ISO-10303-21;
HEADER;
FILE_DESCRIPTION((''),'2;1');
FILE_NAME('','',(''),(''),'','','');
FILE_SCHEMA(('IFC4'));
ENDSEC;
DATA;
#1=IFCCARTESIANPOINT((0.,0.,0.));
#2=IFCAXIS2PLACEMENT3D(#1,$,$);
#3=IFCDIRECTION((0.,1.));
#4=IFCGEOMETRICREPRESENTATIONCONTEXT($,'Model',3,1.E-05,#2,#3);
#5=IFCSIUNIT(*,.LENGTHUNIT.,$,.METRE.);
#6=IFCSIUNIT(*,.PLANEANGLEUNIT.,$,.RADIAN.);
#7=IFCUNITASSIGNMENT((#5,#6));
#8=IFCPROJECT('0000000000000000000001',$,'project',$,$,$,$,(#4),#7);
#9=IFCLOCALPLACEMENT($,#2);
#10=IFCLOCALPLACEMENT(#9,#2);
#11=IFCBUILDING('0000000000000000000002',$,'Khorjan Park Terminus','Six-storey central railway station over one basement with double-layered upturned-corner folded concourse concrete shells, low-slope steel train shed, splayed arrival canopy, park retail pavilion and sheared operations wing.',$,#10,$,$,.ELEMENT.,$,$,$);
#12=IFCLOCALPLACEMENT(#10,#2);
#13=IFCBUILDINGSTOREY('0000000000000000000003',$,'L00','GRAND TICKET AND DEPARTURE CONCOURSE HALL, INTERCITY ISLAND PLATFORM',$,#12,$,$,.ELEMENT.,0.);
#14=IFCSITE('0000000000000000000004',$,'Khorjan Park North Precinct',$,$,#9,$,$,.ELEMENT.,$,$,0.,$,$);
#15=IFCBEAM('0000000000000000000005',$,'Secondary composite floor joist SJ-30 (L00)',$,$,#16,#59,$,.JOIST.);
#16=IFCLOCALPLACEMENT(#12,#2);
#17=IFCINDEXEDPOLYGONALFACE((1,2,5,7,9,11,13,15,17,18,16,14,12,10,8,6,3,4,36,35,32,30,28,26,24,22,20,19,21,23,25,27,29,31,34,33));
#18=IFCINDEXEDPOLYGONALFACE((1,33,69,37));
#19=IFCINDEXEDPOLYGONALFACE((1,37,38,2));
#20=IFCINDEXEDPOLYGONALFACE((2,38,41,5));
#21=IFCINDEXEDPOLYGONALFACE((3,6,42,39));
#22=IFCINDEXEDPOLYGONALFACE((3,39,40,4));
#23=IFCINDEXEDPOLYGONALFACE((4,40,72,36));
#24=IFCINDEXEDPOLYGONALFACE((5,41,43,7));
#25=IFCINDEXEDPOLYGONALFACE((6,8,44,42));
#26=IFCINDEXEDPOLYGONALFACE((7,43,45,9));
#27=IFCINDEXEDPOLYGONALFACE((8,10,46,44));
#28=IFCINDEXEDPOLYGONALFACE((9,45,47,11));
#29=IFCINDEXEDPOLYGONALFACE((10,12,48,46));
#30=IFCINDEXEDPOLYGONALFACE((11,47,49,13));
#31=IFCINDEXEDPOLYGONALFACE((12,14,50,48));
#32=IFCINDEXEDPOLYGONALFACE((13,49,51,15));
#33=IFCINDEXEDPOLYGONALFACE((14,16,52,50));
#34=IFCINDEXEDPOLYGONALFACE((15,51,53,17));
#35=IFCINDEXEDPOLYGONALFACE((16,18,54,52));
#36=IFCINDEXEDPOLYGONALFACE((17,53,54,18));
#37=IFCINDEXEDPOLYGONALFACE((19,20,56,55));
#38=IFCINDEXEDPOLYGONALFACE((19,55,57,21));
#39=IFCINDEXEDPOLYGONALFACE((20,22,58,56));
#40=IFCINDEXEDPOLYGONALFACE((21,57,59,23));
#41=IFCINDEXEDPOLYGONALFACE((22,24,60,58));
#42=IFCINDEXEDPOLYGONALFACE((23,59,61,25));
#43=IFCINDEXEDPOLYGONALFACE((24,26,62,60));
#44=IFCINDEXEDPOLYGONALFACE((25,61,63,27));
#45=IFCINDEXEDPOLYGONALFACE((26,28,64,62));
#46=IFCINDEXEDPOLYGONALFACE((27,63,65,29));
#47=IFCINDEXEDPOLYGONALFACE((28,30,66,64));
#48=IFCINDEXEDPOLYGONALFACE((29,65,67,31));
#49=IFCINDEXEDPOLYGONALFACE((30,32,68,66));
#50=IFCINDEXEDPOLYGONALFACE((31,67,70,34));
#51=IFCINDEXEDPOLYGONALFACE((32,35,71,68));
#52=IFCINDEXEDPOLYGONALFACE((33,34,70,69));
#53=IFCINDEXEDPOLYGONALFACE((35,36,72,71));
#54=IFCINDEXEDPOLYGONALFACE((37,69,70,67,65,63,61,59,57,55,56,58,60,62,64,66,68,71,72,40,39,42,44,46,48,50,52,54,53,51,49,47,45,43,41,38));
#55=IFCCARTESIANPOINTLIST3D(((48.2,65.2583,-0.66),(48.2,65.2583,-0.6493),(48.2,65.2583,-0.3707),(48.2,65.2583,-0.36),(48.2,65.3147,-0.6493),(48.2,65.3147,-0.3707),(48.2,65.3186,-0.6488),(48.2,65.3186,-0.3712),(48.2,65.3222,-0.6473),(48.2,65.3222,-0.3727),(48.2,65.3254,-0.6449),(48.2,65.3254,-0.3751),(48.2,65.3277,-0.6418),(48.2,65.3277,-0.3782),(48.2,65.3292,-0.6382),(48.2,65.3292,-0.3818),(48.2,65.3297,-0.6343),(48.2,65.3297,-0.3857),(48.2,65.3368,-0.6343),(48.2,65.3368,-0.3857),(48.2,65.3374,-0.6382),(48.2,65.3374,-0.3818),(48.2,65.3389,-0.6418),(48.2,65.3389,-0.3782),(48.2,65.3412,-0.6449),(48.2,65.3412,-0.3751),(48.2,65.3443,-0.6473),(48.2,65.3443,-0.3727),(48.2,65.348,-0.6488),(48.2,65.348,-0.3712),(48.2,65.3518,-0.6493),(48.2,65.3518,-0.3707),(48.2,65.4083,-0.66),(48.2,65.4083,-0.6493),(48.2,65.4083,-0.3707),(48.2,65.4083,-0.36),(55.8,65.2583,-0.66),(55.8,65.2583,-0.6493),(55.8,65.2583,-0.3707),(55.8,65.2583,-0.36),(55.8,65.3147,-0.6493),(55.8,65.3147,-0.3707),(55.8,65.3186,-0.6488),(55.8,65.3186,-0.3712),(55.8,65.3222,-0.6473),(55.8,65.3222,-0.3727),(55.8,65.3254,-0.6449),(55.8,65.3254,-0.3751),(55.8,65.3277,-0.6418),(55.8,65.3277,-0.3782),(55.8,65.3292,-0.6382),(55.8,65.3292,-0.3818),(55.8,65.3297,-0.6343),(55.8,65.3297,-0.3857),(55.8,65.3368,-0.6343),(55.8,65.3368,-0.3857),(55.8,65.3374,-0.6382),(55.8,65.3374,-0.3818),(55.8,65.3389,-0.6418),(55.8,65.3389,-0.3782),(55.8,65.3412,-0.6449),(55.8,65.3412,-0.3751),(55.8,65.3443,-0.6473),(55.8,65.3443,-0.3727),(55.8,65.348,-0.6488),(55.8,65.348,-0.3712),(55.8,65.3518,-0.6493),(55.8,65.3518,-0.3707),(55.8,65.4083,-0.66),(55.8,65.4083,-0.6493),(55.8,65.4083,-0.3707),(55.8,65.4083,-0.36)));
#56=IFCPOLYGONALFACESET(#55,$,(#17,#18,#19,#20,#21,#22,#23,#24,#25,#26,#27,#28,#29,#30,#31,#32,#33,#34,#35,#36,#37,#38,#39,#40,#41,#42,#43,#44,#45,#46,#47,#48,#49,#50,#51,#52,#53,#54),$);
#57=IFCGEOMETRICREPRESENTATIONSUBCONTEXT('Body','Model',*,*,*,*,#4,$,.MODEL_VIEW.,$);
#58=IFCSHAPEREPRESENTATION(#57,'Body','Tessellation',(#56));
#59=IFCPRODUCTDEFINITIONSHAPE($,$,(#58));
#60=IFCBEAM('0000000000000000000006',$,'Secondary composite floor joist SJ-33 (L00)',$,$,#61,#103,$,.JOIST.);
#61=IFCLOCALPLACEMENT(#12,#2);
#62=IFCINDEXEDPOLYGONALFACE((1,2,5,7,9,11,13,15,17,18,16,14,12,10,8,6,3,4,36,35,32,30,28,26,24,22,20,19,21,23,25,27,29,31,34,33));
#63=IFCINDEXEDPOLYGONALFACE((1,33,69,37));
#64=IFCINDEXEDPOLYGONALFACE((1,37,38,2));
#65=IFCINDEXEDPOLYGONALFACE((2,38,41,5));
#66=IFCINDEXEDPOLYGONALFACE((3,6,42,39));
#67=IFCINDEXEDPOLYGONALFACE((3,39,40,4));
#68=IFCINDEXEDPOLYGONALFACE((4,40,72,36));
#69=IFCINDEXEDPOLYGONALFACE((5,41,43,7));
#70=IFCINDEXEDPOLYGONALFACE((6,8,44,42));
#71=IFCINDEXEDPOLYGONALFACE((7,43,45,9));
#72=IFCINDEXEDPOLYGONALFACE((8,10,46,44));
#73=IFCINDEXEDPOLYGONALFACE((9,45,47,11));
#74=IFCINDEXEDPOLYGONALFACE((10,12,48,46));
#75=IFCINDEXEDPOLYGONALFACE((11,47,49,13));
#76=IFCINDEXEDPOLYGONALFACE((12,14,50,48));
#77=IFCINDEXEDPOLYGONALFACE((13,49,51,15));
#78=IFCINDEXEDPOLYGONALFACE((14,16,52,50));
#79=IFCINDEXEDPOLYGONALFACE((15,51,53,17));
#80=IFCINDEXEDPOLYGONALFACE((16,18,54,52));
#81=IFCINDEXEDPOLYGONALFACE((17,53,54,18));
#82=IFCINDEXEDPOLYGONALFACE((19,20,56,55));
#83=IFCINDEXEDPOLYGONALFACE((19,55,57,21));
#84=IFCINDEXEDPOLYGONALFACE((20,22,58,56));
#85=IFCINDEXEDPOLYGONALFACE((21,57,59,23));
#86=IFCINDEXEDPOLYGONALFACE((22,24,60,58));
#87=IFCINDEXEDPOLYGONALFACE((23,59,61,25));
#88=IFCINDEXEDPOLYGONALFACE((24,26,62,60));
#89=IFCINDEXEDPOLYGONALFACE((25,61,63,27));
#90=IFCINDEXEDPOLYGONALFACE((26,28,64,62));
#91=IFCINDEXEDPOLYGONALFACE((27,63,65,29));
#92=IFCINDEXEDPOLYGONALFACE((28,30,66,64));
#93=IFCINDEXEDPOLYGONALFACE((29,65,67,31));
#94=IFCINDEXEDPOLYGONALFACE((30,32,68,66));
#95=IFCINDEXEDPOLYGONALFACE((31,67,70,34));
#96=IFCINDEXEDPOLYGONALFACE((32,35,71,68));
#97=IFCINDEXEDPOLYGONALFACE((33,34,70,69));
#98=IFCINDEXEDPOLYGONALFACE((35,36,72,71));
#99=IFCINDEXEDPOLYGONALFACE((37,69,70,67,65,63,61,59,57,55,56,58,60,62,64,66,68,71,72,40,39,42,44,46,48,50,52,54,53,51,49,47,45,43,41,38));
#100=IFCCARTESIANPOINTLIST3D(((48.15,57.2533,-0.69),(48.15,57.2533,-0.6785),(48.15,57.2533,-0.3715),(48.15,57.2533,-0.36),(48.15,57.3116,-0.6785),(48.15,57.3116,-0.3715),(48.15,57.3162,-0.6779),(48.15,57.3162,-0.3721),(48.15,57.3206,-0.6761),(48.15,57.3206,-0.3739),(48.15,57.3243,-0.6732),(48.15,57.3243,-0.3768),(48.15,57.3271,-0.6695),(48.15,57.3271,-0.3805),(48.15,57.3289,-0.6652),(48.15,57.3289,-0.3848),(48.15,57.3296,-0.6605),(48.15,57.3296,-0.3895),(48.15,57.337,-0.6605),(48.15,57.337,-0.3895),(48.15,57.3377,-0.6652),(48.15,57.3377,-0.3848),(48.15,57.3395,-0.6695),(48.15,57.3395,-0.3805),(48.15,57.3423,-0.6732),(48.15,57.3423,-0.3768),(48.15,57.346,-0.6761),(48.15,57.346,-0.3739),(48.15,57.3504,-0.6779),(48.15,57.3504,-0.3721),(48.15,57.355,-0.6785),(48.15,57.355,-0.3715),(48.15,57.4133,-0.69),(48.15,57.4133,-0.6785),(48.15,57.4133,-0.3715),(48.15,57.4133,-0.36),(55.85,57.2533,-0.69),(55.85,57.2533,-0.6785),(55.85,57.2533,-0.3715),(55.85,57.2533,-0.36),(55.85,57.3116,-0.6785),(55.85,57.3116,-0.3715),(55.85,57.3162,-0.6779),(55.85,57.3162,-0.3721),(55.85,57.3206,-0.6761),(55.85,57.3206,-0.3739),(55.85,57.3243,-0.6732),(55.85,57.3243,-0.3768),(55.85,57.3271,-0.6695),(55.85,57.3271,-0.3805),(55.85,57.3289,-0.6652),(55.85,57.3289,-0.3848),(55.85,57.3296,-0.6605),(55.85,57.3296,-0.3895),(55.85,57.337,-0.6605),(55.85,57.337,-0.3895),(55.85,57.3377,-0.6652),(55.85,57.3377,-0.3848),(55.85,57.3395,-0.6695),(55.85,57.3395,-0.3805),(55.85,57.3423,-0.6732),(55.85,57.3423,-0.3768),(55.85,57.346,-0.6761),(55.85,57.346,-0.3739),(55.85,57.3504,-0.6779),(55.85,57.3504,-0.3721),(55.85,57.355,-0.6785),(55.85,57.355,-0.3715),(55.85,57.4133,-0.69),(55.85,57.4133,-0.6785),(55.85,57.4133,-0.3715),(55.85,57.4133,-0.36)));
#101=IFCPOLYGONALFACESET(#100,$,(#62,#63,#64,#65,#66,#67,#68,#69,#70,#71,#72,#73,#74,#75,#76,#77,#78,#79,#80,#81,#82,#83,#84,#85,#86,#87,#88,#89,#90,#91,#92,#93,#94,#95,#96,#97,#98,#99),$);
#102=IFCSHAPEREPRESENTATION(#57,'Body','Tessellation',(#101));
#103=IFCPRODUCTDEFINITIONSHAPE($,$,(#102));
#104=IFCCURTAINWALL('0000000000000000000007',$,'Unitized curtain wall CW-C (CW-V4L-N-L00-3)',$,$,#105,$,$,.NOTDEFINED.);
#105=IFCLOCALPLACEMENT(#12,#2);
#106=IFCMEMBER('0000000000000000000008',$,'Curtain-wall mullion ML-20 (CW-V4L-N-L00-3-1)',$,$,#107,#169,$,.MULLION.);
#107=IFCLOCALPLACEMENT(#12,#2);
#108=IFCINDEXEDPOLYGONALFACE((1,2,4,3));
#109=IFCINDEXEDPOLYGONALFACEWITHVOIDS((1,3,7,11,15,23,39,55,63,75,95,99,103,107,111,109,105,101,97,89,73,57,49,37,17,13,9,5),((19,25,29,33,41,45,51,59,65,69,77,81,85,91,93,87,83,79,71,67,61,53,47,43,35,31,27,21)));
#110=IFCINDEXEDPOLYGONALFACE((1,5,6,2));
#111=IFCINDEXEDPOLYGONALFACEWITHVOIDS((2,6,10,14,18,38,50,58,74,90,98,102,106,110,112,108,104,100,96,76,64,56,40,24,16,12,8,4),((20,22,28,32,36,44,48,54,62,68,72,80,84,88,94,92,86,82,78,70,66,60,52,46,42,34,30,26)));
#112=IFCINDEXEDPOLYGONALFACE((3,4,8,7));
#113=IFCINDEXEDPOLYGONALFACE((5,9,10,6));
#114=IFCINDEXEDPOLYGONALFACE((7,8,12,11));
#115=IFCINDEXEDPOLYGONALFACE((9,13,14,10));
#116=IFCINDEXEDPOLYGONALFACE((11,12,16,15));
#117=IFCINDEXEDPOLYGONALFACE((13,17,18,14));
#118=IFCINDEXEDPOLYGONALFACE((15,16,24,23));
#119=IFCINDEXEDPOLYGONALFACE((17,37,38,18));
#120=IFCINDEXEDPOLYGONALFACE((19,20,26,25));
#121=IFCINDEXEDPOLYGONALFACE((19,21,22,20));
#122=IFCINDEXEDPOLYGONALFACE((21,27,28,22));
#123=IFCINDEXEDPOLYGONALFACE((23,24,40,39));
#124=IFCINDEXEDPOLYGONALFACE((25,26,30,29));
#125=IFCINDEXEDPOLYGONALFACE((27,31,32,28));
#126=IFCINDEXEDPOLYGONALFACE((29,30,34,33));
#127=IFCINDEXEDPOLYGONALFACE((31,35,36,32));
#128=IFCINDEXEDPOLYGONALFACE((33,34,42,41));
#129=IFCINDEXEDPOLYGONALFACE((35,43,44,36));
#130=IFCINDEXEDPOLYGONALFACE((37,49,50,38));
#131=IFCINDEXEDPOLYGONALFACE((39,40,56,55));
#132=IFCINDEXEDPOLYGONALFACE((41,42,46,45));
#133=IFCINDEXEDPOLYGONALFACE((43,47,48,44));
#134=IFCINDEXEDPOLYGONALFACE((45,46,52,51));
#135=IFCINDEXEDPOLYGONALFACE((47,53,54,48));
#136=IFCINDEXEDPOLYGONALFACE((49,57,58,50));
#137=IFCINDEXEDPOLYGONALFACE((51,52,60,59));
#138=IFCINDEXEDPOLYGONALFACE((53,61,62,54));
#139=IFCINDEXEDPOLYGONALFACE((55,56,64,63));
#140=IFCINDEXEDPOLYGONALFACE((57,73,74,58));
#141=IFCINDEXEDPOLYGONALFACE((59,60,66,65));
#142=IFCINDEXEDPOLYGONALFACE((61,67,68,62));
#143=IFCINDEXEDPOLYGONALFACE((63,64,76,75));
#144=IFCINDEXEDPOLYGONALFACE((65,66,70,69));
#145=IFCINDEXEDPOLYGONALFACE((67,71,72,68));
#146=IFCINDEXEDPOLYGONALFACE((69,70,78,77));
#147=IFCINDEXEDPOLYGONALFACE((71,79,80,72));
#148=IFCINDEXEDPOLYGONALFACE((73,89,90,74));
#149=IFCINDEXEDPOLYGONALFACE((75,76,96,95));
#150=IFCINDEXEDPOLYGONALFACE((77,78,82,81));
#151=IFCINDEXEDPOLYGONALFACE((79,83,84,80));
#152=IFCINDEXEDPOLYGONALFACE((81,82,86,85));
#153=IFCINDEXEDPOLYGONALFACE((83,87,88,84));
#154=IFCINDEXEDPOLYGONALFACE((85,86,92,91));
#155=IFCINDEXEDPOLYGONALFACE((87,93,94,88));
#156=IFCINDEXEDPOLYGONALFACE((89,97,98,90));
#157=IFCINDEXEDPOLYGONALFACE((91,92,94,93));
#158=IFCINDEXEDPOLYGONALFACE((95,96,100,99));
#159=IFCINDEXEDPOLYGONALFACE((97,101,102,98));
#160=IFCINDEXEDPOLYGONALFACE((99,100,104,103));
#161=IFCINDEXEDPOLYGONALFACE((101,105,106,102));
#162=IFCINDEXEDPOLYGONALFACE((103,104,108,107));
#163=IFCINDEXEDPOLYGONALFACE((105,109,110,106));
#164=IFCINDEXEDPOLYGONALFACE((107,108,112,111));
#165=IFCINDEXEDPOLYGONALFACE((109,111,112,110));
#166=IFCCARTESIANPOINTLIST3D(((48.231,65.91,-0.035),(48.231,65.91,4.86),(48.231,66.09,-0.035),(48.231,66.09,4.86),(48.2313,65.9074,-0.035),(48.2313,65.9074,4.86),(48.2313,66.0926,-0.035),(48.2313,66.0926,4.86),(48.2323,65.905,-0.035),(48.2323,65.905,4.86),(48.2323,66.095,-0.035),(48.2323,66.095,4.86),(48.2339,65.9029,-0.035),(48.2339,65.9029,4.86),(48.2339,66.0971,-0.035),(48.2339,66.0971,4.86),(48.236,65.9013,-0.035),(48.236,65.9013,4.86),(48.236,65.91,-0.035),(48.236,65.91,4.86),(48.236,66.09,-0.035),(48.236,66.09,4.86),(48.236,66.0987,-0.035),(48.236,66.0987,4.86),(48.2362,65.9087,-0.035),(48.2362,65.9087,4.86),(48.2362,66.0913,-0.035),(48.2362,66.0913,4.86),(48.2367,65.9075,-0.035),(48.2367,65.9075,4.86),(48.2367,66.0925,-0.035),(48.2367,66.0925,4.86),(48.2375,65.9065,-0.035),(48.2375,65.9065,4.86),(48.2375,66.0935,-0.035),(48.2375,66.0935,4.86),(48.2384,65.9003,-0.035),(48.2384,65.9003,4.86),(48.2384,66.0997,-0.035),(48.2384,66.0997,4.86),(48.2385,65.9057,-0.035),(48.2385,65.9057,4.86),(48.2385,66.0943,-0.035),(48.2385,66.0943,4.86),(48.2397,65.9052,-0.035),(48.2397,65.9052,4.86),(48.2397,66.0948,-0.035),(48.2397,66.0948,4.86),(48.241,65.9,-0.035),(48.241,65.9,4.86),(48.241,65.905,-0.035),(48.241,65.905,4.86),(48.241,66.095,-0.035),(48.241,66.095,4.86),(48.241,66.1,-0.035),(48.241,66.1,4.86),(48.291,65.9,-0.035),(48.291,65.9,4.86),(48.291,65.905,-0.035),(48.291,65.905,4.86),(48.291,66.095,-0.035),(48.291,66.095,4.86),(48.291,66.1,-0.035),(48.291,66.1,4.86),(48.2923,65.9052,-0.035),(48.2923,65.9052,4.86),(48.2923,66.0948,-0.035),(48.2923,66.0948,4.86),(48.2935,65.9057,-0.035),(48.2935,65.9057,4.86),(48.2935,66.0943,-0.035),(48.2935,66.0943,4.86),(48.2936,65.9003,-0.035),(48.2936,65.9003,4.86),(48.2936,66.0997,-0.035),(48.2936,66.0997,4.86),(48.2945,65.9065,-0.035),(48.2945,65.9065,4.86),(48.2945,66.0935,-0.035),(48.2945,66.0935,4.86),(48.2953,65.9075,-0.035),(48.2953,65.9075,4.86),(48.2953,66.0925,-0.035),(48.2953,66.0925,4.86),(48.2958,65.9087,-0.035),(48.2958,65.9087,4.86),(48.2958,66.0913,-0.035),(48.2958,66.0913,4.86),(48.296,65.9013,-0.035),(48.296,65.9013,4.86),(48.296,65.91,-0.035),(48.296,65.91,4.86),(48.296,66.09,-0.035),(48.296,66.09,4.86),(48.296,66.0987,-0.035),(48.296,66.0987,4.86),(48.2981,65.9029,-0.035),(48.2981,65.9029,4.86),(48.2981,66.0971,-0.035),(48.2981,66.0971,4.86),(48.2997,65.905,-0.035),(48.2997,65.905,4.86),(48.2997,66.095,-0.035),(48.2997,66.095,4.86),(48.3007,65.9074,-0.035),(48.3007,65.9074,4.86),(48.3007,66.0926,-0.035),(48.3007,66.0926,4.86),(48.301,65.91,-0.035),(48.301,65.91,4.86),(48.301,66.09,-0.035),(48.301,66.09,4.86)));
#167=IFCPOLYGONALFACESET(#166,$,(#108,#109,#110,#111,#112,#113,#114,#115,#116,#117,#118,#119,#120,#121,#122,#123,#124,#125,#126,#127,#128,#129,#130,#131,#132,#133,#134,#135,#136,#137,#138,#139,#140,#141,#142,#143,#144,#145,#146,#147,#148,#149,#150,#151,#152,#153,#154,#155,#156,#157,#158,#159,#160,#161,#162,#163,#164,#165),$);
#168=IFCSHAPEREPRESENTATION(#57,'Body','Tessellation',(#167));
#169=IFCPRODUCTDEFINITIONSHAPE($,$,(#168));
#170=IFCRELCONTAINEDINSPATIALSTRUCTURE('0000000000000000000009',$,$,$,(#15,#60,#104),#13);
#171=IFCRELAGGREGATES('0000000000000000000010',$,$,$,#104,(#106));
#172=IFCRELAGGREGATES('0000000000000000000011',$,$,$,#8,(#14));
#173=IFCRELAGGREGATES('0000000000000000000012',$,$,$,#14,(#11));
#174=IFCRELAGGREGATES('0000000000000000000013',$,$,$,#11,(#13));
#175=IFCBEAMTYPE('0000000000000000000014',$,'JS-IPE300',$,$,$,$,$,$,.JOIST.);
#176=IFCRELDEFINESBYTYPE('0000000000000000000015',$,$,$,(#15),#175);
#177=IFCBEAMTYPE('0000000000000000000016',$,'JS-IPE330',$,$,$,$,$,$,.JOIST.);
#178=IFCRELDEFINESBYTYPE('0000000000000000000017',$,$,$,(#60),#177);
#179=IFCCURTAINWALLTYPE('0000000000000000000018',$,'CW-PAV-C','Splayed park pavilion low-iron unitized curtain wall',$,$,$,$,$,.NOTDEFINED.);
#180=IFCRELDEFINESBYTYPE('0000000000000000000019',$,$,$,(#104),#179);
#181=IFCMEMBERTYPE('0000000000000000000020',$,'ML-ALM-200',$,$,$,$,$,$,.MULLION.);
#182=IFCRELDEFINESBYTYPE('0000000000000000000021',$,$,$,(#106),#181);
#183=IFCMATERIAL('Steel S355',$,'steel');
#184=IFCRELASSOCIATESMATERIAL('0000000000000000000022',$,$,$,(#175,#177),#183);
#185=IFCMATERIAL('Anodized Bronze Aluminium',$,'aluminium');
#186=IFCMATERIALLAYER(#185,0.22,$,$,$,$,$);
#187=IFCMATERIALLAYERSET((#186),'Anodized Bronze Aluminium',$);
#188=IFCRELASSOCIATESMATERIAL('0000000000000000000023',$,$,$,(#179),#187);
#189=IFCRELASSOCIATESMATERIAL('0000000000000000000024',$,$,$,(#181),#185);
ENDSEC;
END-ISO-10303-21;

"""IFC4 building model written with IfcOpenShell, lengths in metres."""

from ifc_helpers import new_model, si_unit, direction, frame, origin, origin_2d, place, context, subcontext, project, spatial, hollow_rectangle, i_section, extrude, material, layer, layer_set, material_profile, profile_set, type_object, element, aggregate, save


model = new_model("IFC4")

# Units and contexts
model_context = context("Model", 3, precision=1e-05, world=origin(), true_north=direction((0.0, 1.0)))
body_context = subcontext(model_context, "Body", "Model", "MODEL_VIEW")
ifc_project = project(units=[si_unit("LENGTHUNIT", "METRE"), si_unit("PLANEANGLEUNIT", "RADIAN")], contexts=[model_context])

# Site, building, storey
site_placement = place(None, origin())
site = spatial("IfcSite", under=ifc_project, at=site_placement, Name="Khorjan Park North Precinct", CompositionType="ELEMENT", RefElevation=0.0)
building_placement = place(site_placement, origin())
building = spatial("IfcBuilding", under=site, at=building_placement, Name="Khorjan Park Terminus", Description="Six-storey central railway station over one basement with double-layered upturned-corner folded concourse concrete shells, low-slope steel train shed, splayed arrival canopy, park retail pavilion and sheared operations wing.", CompositionType="ELEMENT")
storey_placement = place(building_placement, origin())
storey = spatial("IfcBuildingStorey", under=building, at=storey_placement, Name="L00", Description="GRAND TICKET AND DEPARTURE CONCOURSE HALL, INTERCITY ISLAND PLATFORM", CompositionType="ELEMENT", Elevation=0.0)

# Beams
ifc_material_1 = material(Name="Steel S355", Category="steel")
ifc_material_profile_1 = material_profile(ifc_material_1, i_section(OverallWidth=0.15, OverallDepth=0.3, WebThickness=0.0071, FlangeThickness=0.0107, FilletRadius=0.015, at=origin_2d()), Name="IPE 300")
ifc_profile_set_1 = profile_set([ifc_material_profile_1], Name="Steel S355")
beam_type_1 = type_object("IfcBeamType", Name="JS-IPE300", PredefinedType="JOIST", material=ifc_profile_set_1)
beam_1_placement = place(storey_placement, frame((48.2, 65.3333, -0.51), z_axis=(1.0, 0.0, 0.0), x_axis=(0.0, 1.0, 0.0)))
element("IfcBeam", 1, at=beam_1_placement, inside=storey, type_object=beam_type_1, Name="Secondary composite floor joist SJ-30 (L00)", PredefinedType="JOIST", context=body_context, shape_type="SweptSolid", body=[
    extrude(i_section(OverallWidth=0.15, OverallDepth=0.3, WebThickness=0.0071, FlangeThickness=0.0107, FilletRadius=0.015, at=origin_2d()), origin(), (0.0, 0.0, 1.0), 7.6),
])
ifc_material_profile_2 = material_profile(ifc_material_1, i_section(OverallWidth=0.16, OverallDepth=0.33, WebThickness=0.0075, FlangeThickness=0.0115, FilletRadius=0.018, at=origin_2d()), Name="IPE 330")
ifc_profile_set_2 = profile_set([ifc_material_profile_2], Name="Steel S355")
beam_type_2 = type_object("IfcBeamType", Name="JS-IPE330", PredefinedType="JOIST", material=ifc_profile_set_2)
beam_2_placement = place(storey_placement, frame((48.15, 57.3333, -0.525), z_axis=(1.0, 0.0, 0.0), x_axis=(0.0, 1.0, 0.0)))
element("IfcBeam", 2, at=beam_2_placement, inside=storey, type_object=beam_type_2, Name="Secondary composite floor joist SJ-33 (L00)", PredefinedType="JOIST", context=body_context, shape_type="SweptSolid", body=[
    extrude(i_section(OverallWidth=0.16, OverallDepth=0.33, WebThickness=0.0075, FlangeThickness=0.0115, FilletRadius=0.018, at=origin_2d()), origin(), (0.0, 0.0, 1.0), 7.7),
])

# Curtain wall, member
ifc_material_2 = material(Name="Anodized Bronze Aluminium", Category="aluminium")
ifc_layer_1 = layer(ifc_material_2, 0.22)
ifc_layer_set_1 = layer_set([ifc_layer_1], Name="Anodized Bronze Aluminium")
curtain_wall_type = type_object("IfcCurtainWallType", Name="CW-PAV-C", Description="Splayed park pavilion low-iron unitized curtain wall", PredefinedType="NOTDEFINED", material=ifc_layer_set_1)
curtain_wall_placement = place(storey_placement, origin())
curtain_wall = element("IfcCurtainWall", 3, at=curtain_wall_placement, inside=storey, type_object=curtain_wall_type, Name="Unitized curtain wall CW-C (CW-V4L-N-L00-3)", PredefinedType="NOTDEFINED")
ifc_material_profile_3 = material_profile(ifc_material_2, hollow_rectangle(XDim=0.07, YDim=0.2, WallThickness=0.005, InnerFilletRadius=0.005, OuterFilletRadius=0.01, at=origin_2d()), Name="ALM 70x200x5")
ifc_profile_set_3 = profile_set([ifc_material_profile_3], Name="Anodized Bronze Aluminium")
member_type_1 = type_object("IfcMemberType", Name="ML-ALM-200", PredefinedType="MULLION", material=ifc_profile_set_3)
member_1_placement = place(storey_placement, frame((48.266, 66.0, -0.035), z_axis=(0.0, 0.0, 1.0), x_axis=(-1.0, 0.0, 0.0)))
member_1 = element("IfcMember", 4, at=member_1_placement, type_object=member_type_1, Name="Curtain-wall mullion ML-20 (CW-V4L-N-L00-3-1)", PredefinedType="MULLION", context=body_context, shape_type="SweptSolid", body=[
    extrude(hollow_rectangle(XDim=0.07, YDim=0.2, WallThickness=0.005, InnerFilletRadius=0.005, OuterFilletRadius=0.01, at=origin_2d()), origin(), (0.0, 0.0, 1.0), 4.895),
])
aggregate(curtain_wall, [member_1])

save(model, "model.ifc")
